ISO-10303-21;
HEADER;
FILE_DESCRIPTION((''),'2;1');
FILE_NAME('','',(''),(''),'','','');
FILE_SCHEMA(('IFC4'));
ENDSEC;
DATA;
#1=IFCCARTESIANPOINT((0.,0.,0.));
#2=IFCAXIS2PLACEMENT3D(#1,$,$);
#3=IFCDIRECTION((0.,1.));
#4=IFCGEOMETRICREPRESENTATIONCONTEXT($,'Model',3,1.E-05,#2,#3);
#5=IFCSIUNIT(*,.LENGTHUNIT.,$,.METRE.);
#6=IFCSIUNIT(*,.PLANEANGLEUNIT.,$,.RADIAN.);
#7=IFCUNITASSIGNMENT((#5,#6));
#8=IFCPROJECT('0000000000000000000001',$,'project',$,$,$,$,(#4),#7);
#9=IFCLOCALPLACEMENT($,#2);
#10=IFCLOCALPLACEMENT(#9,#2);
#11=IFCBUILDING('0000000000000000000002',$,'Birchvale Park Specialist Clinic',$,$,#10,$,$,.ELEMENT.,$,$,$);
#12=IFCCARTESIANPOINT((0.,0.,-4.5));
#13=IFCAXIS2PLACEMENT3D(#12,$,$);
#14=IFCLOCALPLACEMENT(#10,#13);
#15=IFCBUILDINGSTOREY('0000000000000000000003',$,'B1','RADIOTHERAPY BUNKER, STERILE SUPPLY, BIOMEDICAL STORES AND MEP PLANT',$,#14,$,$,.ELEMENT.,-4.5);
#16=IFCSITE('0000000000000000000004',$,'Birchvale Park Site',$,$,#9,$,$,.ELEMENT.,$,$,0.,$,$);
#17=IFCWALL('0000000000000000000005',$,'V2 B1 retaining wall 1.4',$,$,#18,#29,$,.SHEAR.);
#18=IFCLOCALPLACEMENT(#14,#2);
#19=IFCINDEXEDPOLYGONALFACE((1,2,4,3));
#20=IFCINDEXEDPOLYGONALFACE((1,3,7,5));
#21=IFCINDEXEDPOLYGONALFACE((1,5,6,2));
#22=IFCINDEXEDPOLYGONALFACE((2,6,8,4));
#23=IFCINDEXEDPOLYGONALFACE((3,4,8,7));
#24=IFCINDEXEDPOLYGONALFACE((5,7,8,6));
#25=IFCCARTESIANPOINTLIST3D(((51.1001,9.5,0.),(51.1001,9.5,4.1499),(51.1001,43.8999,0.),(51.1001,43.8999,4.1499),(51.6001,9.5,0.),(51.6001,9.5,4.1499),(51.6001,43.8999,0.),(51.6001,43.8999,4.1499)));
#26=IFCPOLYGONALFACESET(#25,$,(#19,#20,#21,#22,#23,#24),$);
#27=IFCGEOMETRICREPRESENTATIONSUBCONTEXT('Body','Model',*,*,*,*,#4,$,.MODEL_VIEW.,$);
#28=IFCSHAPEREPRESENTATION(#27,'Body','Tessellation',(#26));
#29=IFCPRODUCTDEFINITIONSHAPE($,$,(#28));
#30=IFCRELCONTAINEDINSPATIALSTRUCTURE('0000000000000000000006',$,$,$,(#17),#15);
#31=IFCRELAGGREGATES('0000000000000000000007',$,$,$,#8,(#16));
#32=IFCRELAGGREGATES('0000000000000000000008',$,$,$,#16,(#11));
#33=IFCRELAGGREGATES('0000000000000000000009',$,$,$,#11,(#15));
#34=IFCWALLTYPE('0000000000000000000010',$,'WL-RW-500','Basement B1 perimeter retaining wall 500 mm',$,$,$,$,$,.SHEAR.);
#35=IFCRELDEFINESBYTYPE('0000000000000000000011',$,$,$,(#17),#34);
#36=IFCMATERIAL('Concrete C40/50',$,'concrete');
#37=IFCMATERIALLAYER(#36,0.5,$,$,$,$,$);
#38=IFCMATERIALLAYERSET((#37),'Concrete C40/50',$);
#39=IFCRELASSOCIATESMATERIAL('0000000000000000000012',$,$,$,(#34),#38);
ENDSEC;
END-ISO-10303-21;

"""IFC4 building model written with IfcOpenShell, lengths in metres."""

from ifc_helpers import new_model, si_unit, direction, frame, frame_2d, origin, place, context, subcontext, project, spatial, rectangle, extrude, material, layer, layer_set, type_object, element, save


model = new_model("IFC4")

# Units and contexts
model_context = context("Model", 3, precision=1e-05, world=origin(), true_north=direction((0.0, 1.0)))
body_context = subcontext(model_context, "Body", "Model", "MODEL_VIEW")
ifc_project = project(units=[si_unit("LENGTHUNIT", "METRE"), si_unit("PLANEANGLEUNIT", "RADIAN")], contexts=[model_context])

# Site, building, storey
site_placement = place(None, origin())
site = spatial("IfcSite", under=ifc_project, at=site_placement, Name="Birchvale Park Site", CompositionType="ELEMENT", RefElevation=0.0)
building_placement = place(site_placement, origin())
building = spatial("IfcBuilding", under=site, at=building_placement, Name="Birchvale Park Specialist Clinic", CompositionType="ELEMENT")
storey_placement = place(building_placement, frame((0.0, 0.0, -4.5)))
storey = spatial("IfcBuildingStorey", under=building, at=storey_placement, Name="B1", Description="RADIOTHERAPY BUNKER, STERILE SUPPLY, BIOMEDICAL STORES AND MEP PLANT", CompositionType="ELEMENT", Elevation=-4.5)

# Shared definitions
ifc_material = material(Name="Concrete C40/50", Category="concrete")

# Wall
ifc_layer = layer(ifc_material, 0.5)
ifc_layer_set = layer_set([ifc_layer], Name="Concrete C40/50")
wall_type = type_object("IfcWallType", Name="WL-RW-500", Description="Basement B1 perimeter retaining wall 500 mm", PredefinedType="SHEAR", material=ifc_layer_set)
wall_1_placement = place(storey_placement, frame((51.3501, 43.8999, 0.0), z_axis=(0.0, 0.0, 1.0), x_axis=(0.0, -1.0, 0.0)))
element("IfcWall", 1, at=wall_1_placement, inside=storey, type_object=wall_type, Name="V2 B1 retaining wall 1.4", PredefinedType="SHEAR", context=body_context, shape_type="SweptSolid", body=[
    extrude(rectangle(XDim=34.3999, YDim=0.5, at=frame_2d((17.2, 0.0))), origin(), (0.0, 0.0, 1.0), 4.1499),
])

save(model, "model.ifc")
